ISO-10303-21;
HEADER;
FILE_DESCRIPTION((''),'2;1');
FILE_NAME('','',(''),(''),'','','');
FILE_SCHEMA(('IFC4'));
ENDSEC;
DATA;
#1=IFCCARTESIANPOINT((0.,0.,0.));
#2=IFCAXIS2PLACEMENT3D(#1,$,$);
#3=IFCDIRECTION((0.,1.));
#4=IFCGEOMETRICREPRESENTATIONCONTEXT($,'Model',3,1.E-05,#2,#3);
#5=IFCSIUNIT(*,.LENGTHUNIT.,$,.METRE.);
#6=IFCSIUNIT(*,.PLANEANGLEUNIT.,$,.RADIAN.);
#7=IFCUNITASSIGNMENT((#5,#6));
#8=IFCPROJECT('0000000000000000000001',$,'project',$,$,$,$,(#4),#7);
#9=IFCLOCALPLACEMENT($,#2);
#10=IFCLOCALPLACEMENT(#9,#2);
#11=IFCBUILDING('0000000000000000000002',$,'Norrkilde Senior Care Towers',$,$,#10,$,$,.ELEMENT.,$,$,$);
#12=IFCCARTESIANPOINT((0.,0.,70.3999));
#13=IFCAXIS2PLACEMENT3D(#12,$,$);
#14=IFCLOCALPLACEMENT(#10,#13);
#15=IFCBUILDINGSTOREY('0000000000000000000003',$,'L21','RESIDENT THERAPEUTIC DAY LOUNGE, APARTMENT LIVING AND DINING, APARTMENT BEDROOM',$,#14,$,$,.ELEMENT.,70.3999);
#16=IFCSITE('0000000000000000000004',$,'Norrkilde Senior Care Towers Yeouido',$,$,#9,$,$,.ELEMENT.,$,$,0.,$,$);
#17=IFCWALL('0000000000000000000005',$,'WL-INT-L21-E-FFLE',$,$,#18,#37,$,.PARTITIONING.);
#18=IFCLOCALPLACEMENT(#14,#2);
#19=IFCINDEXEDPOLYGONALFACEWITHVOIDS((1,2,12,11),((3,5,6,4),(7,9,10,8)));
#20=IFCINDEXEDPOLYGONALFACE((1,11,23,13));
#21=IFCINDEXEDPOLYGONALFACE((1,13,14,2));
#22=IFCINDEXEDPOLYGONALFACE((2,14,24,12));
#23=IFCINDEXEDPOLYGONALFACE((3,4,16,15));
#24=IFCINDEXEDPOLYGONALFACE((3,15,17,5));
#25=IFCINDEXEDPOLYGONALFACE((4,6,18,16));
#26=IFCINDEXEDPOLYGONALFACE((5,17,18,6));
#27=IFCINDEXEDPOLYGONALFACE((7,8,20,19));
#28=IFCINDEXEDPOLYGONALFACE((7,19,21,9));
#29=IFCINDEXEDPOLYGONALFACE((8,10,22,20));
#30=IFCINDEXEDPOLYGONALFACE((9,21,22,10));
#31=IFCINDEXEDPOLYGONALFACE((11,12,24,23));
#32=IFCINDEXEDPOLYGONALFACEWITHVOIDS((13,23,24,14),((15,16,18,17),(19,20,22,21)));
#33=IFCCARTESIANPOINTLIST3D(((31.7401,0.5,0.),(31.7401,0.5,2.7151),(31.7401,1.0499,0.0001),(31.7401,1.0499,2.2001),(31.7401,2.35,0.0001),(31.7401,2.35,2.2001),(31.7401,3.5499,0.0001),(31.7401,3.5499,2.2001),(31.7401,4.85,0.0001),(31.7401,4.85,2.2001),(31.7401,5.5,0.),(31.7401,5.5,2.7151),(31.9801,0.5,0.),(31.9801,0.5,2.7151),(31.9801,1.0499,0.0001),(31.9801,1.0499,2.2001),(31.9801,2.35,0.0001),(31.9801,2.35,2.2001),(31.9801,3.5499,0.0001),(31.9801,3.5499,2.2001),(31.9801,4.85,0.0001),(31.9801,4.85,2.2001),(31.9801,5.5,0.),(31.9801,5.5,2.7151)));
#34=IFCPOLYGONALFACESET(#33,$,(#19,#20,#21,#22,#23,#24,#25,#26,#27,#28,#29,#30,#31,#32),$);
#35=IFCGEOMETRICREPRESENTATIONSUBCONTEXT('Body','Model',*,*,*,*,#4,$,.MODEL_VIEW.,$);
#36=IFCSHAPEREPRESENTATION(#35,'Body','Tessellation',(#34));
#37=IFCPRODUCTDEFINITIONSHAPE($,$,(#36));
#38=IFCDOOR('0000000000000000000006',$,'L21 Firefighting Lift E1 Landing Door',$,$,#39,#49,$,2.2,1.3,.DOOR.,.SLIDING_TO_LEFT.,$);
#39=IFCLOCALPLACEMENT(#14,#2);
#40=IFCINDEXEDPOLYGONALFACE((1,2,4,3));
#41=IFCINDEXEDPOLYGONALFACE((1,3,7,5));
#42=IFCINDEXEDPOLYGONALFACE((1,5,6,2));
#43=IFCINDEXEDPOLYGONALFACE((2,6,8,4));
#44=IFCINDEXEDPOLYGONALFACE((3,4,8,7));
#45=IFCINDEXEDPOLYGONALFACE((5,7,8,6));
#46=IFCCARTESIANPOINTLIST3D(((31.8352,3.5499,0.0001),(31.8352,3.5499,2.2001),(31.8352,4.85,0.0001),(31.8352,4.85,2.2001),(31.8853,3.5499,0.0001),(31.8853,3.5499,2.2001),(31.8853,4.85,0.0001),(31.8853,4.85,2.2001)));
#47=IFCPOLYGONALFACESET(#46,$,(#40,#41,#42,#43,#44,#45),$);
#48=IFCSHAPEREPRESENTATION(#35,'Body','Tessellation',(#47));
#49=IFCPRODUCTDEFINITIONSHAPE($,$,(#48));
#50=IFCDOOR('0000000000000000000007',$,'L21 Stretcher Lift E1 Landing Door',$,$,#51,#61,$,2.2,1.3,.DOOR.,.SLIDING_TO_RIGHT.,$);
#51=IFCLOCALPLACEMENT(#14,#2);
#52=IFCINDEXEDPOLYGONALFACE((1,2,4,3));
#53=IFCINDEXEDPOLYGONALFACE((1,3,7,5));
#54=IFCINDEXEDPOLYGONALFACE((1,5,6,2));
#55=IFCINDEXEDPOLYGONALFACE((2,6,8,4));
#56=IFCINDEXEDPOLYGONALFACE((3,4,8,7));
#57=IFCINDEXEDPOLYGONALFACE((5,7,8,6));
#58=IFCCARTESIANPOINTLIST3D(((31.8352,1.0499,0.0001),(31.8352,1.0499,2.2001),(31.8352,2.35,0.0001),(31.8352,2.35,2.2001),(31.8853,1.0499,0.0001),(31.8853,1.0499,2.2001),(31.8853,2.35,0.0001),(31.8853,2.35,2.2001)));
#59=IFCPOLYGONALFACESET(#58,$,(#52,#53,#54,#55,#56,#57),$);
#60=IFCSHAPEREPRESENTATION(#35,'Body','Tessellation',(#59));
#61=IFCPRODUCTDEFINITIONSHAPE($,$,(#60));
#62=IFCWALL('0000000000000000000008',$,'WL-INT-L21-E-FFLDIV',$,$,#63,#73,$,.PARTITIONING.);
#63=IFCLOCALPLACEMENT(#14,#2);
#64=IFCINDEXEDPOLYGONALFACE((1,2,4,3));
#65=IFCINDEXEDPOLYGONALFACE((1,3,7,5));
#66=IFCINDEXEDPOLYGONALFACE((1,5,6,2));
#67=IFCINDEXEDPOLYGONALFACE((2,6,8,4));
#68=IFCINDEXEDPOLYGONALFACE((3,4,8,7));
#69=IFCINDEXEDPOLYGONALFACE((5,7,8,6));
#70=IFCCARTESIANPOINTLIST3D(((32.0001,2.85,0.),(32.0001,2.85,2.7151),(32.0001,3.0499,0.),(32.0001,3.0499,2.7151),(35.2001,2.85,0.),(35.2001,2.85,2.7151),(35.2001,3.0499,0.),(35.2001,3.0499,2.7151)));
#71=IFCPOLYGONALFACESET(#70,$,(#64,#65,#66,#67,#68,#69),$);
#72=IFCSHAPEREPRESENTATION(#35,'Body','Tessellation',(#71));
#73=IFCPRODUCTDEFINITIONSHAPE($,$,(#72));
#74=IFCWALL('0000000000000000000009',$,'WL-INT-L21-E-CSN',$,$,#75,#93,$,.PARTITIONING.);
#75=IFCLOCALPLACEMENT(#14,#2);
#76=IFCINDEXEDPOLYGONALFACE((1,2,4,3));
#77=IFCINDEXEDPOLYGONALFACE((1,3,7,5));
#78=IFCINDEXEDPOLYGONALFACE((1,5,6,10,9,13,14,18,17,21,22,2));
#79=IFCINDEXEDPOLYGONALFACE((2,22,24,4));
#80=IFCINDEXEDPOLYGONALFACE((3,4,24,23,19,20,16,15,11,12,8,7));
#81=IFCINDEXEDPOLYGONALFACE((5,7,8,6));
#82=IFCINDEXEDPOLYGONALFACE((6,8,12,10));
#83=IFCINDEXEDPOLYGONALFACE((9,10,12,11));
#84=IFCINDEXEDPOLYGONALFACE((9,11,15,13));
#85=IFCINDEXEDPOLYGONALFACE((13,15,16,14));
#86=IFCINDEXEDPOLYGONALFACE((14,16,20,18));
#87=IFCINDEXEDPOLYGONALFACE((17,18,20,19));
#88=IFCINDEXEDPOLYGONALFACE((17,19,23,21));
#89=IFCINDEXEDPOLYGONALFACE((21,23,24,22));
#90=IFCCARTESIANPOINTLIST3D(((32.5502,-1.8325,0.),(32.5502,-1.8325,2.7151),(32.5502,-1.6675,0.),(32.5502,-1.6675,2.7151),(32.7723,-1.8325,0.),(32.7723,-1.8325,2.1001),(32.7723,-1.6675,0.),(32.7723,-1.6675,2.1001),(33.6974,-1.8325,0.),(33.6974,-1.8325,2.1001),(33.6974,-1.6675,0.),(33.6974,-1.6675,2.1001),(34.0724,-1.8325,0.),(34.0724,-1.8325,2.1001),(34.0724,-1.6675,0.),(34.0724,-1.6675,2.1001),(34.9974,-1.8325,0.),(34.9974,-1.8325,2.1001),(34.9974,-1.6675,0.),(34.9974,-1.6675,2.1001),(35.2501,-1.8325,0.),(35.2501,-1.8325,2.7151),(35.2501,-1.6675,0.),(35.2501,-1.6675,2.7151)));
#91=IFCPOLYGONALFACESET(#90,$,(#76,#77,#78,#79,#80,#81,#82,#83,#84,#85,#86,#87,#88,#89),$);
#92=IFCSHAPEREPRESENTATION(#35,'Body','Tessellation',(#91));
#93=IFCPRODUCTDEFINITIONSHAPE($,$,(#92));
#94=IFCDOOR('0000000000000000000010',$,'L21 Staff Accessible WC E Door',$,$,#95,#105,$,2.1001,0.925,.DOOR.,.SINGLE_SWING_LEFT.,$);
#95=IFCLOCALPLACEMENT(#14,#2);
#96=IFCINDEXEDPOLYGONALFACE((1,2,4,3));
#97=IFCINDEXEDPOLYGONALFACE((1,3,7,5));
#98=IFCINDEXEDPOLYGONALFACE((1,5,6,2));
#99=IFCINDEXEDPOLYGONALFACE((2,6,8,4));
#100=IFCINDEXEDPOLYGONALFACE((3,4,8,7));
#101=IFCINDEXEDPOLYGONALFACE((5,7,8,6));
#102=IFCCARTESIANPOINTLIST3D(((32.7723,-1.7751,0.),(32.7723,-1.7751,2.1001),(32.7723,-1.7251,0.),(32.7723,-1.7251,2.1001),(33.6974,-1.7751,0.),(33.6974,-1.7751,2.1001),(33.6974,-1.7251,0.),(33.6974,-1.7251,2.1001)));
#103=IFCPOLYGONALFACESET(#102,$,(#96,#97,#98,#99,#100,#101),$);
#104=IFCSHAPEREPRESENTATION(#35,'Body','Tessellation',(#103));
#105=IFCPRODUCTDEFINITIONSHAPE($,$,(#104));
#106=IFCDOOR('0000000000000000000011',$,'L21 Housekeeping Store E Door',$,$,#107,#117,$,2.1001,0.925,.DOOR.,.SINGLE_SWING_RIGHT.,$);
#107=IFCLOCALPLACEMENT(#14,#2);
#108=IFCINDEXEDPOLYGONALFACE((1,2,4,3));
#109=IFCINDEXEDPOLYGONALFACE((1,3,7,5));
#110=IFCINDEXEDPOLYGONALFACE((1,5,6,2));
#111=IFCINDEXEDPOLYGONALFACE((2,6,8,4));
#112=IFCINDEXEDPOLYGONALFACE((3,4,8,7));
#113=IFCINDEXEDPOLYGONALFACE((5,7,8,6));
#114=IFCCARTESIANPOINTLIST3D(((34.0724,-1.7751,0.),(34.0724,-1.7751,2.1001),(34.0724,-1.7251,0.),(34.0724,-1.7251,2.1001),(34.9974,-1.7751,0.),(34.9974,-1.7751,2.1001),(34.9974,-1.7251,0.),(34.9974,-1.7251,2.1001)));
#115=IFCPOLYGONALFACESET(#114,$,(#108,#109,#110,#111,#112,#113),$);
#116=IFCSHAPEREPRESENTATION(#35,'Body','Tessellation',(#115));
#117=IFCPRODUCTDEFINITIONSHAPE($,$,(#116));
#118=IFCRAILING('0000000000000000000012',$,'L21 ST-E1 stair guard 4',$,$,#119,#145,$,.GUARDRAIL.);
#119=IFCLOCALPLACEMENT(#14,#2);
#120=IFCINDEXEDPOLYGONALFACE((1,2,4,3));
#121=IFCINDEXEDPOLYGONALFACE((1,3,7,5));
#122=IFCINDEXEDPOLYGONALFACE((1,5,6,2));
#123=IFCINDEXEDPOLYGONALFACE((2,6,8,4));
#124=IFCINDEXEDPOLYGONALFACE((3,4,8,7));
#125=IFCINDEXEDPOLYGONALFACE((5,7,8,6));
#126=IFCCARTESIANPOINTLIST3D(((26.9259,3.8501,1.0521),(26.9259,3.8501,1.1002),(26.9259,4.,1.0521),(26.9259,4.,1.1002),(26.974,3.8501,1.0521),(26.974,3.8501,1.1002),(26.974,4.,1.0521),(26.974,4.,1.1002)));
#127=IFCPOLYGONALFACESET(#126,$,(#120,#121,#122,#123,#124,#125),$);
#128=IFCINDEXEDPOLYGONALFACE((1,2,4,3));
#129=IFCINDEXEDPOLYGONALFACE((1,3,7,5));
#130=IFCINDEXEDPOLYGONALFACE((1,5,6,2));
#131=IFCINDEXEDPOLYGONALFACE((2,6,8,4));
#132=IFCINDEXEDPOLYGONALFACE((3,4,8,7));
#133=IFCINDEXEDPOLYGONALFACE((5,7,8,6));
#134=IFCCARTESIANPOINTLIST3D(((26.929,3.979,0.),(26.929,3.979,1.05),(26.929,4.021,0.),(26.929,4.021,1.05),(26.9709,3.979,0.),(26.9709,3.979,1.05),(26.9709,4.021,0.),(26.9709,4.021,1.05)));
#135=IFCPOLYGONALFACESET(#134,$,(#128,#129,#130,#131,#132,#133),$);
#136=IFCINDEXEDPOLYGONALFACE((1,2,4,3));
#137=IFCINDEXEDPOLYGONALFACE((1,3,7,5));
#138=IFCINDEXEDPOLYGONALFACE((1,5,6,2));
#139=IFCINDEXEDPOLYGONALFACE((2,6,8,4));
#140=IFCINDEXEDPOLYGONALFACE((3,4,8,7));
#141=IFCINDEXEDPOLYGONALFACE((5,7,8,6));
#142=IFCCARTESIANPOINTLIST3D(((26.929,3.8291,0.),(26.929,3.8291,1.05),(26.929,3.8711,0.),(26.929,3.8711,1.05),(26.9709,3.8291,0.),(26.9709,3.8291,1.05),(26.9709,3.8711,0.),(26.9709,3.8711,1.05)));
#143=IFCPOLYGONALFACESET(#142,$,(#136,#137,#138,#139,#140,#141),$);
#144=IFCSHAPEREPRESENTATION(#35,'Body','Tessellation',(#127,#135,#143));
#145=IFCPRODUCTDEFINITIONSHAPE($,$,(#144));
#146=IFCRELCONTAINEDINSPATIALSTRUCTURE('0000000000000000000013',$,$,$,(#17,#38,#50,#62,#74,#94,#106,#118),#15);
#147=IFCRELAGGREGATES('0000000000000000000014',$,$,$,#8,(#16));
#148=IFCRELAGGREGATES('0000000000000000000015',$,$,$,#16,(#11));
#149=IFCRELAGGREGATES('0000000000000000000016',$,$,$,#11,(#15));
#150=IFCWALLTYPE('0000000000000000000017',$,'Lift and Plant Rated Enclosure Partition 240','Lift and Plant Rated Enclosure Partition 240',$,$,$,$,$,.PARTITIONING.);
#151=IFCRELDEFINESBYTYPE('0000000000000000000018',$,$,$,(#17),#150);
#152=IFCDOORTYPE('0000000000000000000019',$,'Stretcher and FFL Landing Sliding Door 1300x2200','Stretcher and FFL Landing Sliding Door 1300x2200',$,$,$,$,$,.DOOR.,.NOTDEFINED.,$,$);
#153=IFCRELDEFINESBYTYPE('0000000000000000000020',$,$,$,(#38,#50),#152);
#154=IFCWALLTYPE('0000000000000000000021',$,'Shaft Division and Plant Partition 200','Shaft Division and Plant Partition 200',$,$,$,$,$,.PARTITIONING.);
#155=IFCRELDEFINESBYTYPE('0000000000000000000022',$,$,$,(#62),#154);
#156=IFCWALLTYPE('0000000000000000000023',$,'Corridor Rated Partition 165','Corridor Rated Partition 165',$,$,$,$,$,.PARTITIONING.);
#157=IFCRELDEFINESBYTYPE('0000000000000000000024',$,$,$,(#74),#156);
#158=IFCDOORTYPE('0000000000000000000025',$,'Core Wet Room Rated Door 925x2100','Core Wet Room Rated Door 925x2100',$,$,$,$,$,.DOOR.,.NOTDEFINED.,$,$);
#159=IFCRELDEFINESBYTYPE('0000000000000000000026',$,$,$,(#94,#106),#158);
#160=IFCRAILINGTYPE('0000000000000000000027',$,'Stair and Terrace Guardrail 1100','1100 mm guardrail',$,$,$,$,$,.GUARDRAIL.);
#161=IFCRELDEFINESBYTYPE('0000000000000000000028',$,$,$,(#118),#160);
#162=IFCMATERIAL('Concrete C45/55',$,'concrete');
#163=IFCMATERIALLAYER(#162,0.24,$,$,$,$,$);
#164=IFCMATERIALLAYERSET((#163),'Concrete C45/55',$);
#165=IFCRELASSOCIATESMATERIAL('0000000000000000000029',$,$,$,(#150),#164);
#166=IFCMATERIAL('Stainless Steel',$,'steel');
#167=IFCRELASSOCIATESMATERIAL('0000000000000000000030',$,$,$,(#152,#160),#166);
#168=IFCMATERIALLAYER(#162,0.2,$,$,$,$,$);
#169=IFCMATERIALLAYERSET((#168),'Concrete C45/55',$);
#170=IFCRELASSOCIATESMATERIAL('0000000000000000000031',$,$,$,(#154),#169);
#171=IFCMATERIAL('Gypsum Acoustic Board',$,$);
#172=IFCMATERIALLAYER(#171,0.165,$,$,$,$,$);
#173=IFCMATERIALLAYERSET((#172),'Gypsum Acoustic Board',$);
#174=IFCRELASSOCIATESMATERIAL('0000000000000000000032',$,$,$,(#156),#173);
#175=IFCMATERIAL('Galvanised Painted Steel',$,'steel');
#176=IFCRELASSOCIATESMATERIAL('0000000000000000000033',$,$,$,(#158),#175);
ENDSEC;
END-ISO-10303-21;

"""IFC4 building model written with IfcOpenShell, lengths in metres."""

from ifc_helpers import new_model, si_unit, direction, frame, frame_2d, origin, origin_2d, place, context, subcontext, project, spatial, rectangle, extrude, source, transform, mapped, material, layer, layer_set, type_object, type_shapes, element, fill, save


model = new_model("IFC4")

# Units and contexts
model_context = context("Model", 3, precision=1e-05, world=origin(), true_north=direction((0.0, 1.0)))
body_context = subcontext(model_context, "Body", "Model", "MODEL_VIEW")
ifc_project = project(units=[si_unit("LENGTHUNIT", "METRE"), si_unit("PLANEANGLEUNIT", "RADIAN")], contexts=[model_context])

# Site, building, storey
site_placement = place(None, origin())
site = spatial("IfcSite", under=ifc_project, at=site_placement, Name="Norrkilde Senior Care Towers Yeouido", CompositionType="ELEMENT", RefElevation=0.0)
building_placement = place(site_placement, origin())
building = spatial("IfcBuilding", under=site, at=building_placement, Name="Norrkilde Senior Care Towers", CompositionType="ELEMENT")
storey_placement = place(building_placement, frame((0.0, 0.0, 70.3999)))
storey = spatial("IfcBuildingStorey", under=building, at=storey_placement, Name="L21", Description="RESIDENT THERAPEUTIC DAY LOUNGE, APARTMENT LIVING AND DINING, APARTMENT BEDROOM", CompositionType="ELEMENT", Elevation=70.3999)

# Shared definitions
ifc_material_1 = material(Name="Galvanised Painted Steel", Category="steel")
ifc_material_2 = material(Name="Concrete C45/55", Category="concrete")

# Wall, openings, doors
ifc_layer_1 = layer(ifc_material_2, 0.24)
ifc_layer_set_1 = layer_set([ifc_layer_1], Name="Concrete C45/55")
wall_type_1 = type_object("IfcWallType", Name="Lift and Plant Rated Enclosure Partition 240", Description="Lift and Plant Rated Enclosure Partition 240", PredefinedType="PARTITIONING", material=ifc_layer_set_1)
shared_shape_1 = source(origin(), body_context, "Body", "SweptSolid", [
    extrude(rectangle(XDim=5.0, YDim=0.24, at=frame_2d((2.5, 0.0))), origin(), (0.0, 0.0, 1.0), 2.7151),
])
type_shapes(wall_type_1, [shared_shape_1])
wall_1_placement = place(storey_placement, frame((31.8601, 0.5, 0.0), z_axis=(0.0, 0.0, 1.0), x_axis=(0.0, 1.0, 0.0)))
wall_1 = element("IfcWall", 1, at=wall_1_placement, inside=storey, type_object=wall_type_1, Name="WL-INT-L21-E-FFLE", PredefinedType="PARTITIONING", context=body_context, shape_type="MappedRepresentation", body=[
    mapped(shared_shape_1, transform((0.0, 0.0, 0.0), x_axis=(1.0, 0.0, 0.0), y_axis=(0.0, 1.0, 0.0), z_axis=(0.0, 0.0, 1.0), scale=1.0)),
])
opening_1_placement = place(wall_1_placement, frame((3.05, 0.0, 0.0)))
opening_1 = element("IfcOpeningElement", 2, at=opening_1_placement, cuts=wall_1, PredefinedType="OPENING", context=body_context, shape_type="SweptSolid", body=[
    extrude(rectangle(XDim=1.3, YDim=2.2, at=frame_2d((0.6499, 1.1001))), frame((0.0, 0.1299, 0.0), z_axis=(0.0, -1.0, 0.0), x_axis=(1.0, 0.0, 0.0)), (0.0, 0.0, 1.0), 0.26),
])
opening_2_placement = place(wall_1_placement, frame((0.55, 0.0, 0.0)))
opening_2 = element("IfcOpeningElement", 3, at=opening_2_placement, cuts=wall_1, PredefinedType="OPENING", context=body_context, shape_type="SweptSolid", body=[
    extrude(rectangle(XDim=1.3, YDim=2.2, at=frame_2d((0.6499, 1.1001))), frame((0.0, 0.1299, 0.0), z_axis=(0.0, -1.0, 0.0), x_axis=(1.0, 0.0, 0.0)), (0.0, 0.0, 1.0), 0.26),
])
ifc_material_3 = material(Name="Stainless Steel", Category="steel")
door_type_1 = type_object("IfcDoorType", Name="Stretcher and FFL Landing Sliding Door 1300x2200", Description="Stretcher and FFL Landing Sliding Door 1300x2200", OperationType="NOTDEFINED", PredefinedType="DOOR", material=ifc_material_3)
shared_shape_2 = source(origin(), body_context, "Body", "SweptSolid", [
    extrude(rectangle(XDim=1.3, YDim=2.2, at=frame_2d((0.6499, 1.1001))), frame((0.0, 0.0249, 0.0), z_axis=(0.0, -1.0, 0.0), x_axis=(1.0, 0.0, 0.0)), (0.0, 0.0, 1.0), 0.05),
])
type_shapes(door_type_1, [shared_shape_2])
door_1_placement = place(opening_1_placement, origin())
door_1 = element("IfcDoor", 4, at=door_1_placement, inside=storey, type_object=door_type_1, Name="L21 Firefighting Lift E1 Landing Door", OperationType="SLIDING_TO_LEFT", OverallHeight=2.2, OverallWidth=1.3, PredefinedType="DOOR", context=body_context, shape_type="MappedRepresentation", body=[
    mapped(shared_shape_2, transform((0.0, 0.0, 0.0), x_axis=(1.0, 0.0, 0.0), y_axis=(0.0, 1.0, 0.0), z_axis=(0.0, 0.0, 1.0), scale=1.0)),
])
fill(opening_1, door_1)
door_2_placement = place(opening_2_placement, origin())
door_2 = element("IfcDoor", 5, at=door_2_placement, inside=storey, type_object=door_type_1, Name="L21 Stretcher Lift E1 Landing Door", OperationType="SLIDING_TO_RIGHT", OverallHeight=2.2, OverallWidth=1.3, PredefinedType="DOOR", context=body_context, shape_type="MappedRepresentation", body=[
    mapped(shared_shape_2, transform((0.0, 0.0, 0.0), x_axis=(1.0, 0.0, 0.0), y_axis=(0.0, 1.0, 0.0), z_axis=(0.0, 0.0, 1.0), scale=1.0)),
])
fill(opening_2, door_2)

# Wall
ifc_layer_2 = layer(ifc_material_2, 0.2)
ifc_layer_set_2 = layer_set([ifc_layer_2], Name="Concrete C45/55")
wall_type_2 = type_object("IfcWallType", Name="Shaft Division and Plant Partition 200", Description="Shaft Division and Plant Partition 200", PredefinedType="PARTITIONING", material=ifc_layer_set_2)
shared_shape_3 = source(origin(), body_context, "Body", "SweptSolid", [
    extrude(rectangle(XDim=3.2, YDim=0.2, at=frame_2d((1.6001, 0.0))), origin(), (0.0, 0.0, 1.0), 2.7151),
])
type_shapes(wall_type_2, [shared_shape_3])
wall_2_placement = place(storey_placement, frame((32.0, 2.95, 0.0), z_axis=(0.0, 0.0, 1.0), x_axis=(1.0, 0.0, 0.0)))
element("IfcWall", 6, at=wall_2_placement, inside=storey, type_object=wall_type_2, Name="WL-INT-L21-E-FFLDIV", PredefinedType="PARTITIONING", context=body_context, shape_type="MappedRepresentation", body=[
    mapped(shared_shape_3, transform((0.0, 0.0, 0.0), x_axis=(1.0, 0.0, 0.0), y_axis=(0.0, 1.0, 0.0), z_axis=(0.0, 0.0, 1.0), scale=1.0)),
])

# Wall, openings, doors
ifc_material_4 = material(Name="Gypsum Acoustic Board")
ifc_layer_3 = layer(ifc_material_4, 0.165)
ifc_layer_set_3 = layer_set([ifc_layer_3], Name="Gypsum Acoustic Board")
wall_type_3 = type_object("IfcWallType", Name="Corridor Rated Partition 165", Description="Corridor Rated Partition 165", PredefinedType="PARTITIONING", material=ifc_layer_set_3)
shared_shape_4 = source(origin(), body_context, "Body", "SweptSolid", [
    extrude(rectangle(XDim=2.7, YDim=0.165, at=frame_2d((1.3501, 0.0))), origin(), (0.0, 0.0, 1.0), 2.7151),
])
type_shapes(wall_type_3, [shared_shape_4])
wall_3_placement = place(storey_placement, frame((32.55, -1.75, 0.0), z_axis=(0.0, 0.0, 1.0), x_axis=(1.0, 0.0, 0.0)))
wall_3 = element("IfcWall", 7, at=wall_3_placement, inside=storey, type_object=wall_type_3, Name="WL-INT-L21-E-CSN", PredefinedType="PARTITIONING", context=body_context, shape_type="MappedRepresentation", body=[
    mapped(shared_shape_4, transform((0.0, 0.0, 0.0), x_axis=(1.0, 0.0, 0.0), y_axis=(0.0, 1.0, 0.0), z_axis=(0.0, 0.0, 1.0), scale=1.0)),
])
opening_3_placement = place(wall_3_placement, frame((0.2224, 0.0, 0.0)))
opening_3 = element("IfcOpeningElement", 8, at=opening_3_placement, cuts=wall_3, PredefinedType="OPENING", context=body_context, shape_type="SweptSolid", body=[
    extrude(rectangle(XDim=0.925, YDim=2.1001, at=frame_2d((0.4624, 1.05))), frame((0.0, 0.0925, 0.0), z_axis=(0.0, -1.0, 0.0), x_axis=(1.0, 0.0, 0.0)), (0.0, 0.0, 1.0), 0.1851),
])
opening_4_placement = place(wall_3_placement, frame((1.5225, 0.0, 0.0)))
opening_4 = element("IfcOpeningElement", 9, at=opening_4_placement, cuts=wall_3, PredefinedType="OPENING", context=body_context, shape_type="SweptSolid", body=[
    extrude(rectangle(XDim=0.925, YDim=2.1001, at=frame_2d((0.4624, 1.05))), frame((0.0, 0.0925, 0.0), z_axis=(0.0, -1.0, 0.0), x_axis=(1.0, 0.0, 0.0)), (0.0, 0.0, 1.0), 0.1851),
])
door_type_2 = type_object("IfcDoorType", Name="Core Wet Room Rated Door 925x2100", Description="Core Wet Room Rated Door 925x2100", OperationType="NOTDEFINED", PredefinedType="DOOR", material=ifc_material_1)
shared_shape_5 = source(origin(), body_context, "Body", "SweptSolid", [
    extrude(rectangle(XDim=0.925, YDim=2.1001, at=frame_2d((0.4624, 1.05))), frame((0.0, 0.0249, 0.0), z_axis=(0.0, -1.0, 0.0), x_axis=(1.0, 0.0, 0.0)), (0.0, 0.0, 1.0), 0.05),
])
type_shapes(door_type_2, [shared_shape_5])
door_3_placement = place(opening_3_placement, origin())
door_3 = element("IfcDoor", 10, at=door_3_placement, inside=storey, type_object=door_type_2, Name="L21 Staff Accessible WC E Door", OperationType="SINGLE_SWING_LEFT", OverallHeight=2.1001, OverallWidth=0.925, PredefinedType="DOOR", context=body_context, shape_type="MappedRepresentation", body=[
    mapped(shared_shape_5, transform((0.0, 0.0, 0.0), x_axis=(1.0, 0.0, 0.0), y_axis=(0.0, 1.0, 0.0), z_axis=(0.0, 0.0, 1.0), scale=1.0)),
])
fill(opening_3, door_3)
door_4_placement = place(opening_4_placement, origin())
door_4 = element("IfcDoor", 11, at=door_4_placement, inside=storey, type_object=door_type_2, Name="L21 Housekeeping Store E Door", OperationType="SINGLE_SWING_RIGHT", OverallHeight=2.1001, OverallWidth=0.925, PredefinedType="DOOR", context=body_context, shape_type="MappedRepresentation", body=[
    mapped(shared_shape_5, transform((0.0, 0.0, 0.0), x_axis=(1.0, 0.0, 0.0), y_axis=(0.0, 1.0, 0.0), z_axis=(0.0, 0.0, 1.0), scale=1.0)),
])
fill(opening_4, door_4)

# Railing
railing_type_1 = type_object("IfcRailingType", Name="Stair and Terrace Guardrail 1100", Description="1100 mm guardrail", PredefinedType="GUARDRAIL", material=ifc_material_3)
railing_1_placement = place(storey_placement, frame((26.95, 4.0, 0.0)))
element("IfcRailing", 12, at=railing_1_placement, inside=storey, type_object=railing_type_1, Name="L21 ST-E1 stair guard 4", PredefinedType="GUARDRAIL", context=body_context, shape_type="SweptSolid", body=[
    extrude(rectangle(XDim=0.0481, YDim=0.0481, at=origin_2d()), frame((0.0, 0.0, 1.0762), z_axis=(0.0, -1.0, 0.0), x_axis=(1.0, 0.0, 0.0)), (0.0, 0.0, 1.0), 0.1499),
    extrude(rectangle(XDim=0.042, YDim=0.042, at=origin_2d()), origin(), (0.0, 0.0, 1.0), 1.05),
    extrude(rectangle(XDim=0.042, YDim=0.042, at=origin_2d()), frame((0.0, -0.1499, 0.0)), (0.0, 0.0, 1.0), 1.05),
])

save(model, "model.ifc")
